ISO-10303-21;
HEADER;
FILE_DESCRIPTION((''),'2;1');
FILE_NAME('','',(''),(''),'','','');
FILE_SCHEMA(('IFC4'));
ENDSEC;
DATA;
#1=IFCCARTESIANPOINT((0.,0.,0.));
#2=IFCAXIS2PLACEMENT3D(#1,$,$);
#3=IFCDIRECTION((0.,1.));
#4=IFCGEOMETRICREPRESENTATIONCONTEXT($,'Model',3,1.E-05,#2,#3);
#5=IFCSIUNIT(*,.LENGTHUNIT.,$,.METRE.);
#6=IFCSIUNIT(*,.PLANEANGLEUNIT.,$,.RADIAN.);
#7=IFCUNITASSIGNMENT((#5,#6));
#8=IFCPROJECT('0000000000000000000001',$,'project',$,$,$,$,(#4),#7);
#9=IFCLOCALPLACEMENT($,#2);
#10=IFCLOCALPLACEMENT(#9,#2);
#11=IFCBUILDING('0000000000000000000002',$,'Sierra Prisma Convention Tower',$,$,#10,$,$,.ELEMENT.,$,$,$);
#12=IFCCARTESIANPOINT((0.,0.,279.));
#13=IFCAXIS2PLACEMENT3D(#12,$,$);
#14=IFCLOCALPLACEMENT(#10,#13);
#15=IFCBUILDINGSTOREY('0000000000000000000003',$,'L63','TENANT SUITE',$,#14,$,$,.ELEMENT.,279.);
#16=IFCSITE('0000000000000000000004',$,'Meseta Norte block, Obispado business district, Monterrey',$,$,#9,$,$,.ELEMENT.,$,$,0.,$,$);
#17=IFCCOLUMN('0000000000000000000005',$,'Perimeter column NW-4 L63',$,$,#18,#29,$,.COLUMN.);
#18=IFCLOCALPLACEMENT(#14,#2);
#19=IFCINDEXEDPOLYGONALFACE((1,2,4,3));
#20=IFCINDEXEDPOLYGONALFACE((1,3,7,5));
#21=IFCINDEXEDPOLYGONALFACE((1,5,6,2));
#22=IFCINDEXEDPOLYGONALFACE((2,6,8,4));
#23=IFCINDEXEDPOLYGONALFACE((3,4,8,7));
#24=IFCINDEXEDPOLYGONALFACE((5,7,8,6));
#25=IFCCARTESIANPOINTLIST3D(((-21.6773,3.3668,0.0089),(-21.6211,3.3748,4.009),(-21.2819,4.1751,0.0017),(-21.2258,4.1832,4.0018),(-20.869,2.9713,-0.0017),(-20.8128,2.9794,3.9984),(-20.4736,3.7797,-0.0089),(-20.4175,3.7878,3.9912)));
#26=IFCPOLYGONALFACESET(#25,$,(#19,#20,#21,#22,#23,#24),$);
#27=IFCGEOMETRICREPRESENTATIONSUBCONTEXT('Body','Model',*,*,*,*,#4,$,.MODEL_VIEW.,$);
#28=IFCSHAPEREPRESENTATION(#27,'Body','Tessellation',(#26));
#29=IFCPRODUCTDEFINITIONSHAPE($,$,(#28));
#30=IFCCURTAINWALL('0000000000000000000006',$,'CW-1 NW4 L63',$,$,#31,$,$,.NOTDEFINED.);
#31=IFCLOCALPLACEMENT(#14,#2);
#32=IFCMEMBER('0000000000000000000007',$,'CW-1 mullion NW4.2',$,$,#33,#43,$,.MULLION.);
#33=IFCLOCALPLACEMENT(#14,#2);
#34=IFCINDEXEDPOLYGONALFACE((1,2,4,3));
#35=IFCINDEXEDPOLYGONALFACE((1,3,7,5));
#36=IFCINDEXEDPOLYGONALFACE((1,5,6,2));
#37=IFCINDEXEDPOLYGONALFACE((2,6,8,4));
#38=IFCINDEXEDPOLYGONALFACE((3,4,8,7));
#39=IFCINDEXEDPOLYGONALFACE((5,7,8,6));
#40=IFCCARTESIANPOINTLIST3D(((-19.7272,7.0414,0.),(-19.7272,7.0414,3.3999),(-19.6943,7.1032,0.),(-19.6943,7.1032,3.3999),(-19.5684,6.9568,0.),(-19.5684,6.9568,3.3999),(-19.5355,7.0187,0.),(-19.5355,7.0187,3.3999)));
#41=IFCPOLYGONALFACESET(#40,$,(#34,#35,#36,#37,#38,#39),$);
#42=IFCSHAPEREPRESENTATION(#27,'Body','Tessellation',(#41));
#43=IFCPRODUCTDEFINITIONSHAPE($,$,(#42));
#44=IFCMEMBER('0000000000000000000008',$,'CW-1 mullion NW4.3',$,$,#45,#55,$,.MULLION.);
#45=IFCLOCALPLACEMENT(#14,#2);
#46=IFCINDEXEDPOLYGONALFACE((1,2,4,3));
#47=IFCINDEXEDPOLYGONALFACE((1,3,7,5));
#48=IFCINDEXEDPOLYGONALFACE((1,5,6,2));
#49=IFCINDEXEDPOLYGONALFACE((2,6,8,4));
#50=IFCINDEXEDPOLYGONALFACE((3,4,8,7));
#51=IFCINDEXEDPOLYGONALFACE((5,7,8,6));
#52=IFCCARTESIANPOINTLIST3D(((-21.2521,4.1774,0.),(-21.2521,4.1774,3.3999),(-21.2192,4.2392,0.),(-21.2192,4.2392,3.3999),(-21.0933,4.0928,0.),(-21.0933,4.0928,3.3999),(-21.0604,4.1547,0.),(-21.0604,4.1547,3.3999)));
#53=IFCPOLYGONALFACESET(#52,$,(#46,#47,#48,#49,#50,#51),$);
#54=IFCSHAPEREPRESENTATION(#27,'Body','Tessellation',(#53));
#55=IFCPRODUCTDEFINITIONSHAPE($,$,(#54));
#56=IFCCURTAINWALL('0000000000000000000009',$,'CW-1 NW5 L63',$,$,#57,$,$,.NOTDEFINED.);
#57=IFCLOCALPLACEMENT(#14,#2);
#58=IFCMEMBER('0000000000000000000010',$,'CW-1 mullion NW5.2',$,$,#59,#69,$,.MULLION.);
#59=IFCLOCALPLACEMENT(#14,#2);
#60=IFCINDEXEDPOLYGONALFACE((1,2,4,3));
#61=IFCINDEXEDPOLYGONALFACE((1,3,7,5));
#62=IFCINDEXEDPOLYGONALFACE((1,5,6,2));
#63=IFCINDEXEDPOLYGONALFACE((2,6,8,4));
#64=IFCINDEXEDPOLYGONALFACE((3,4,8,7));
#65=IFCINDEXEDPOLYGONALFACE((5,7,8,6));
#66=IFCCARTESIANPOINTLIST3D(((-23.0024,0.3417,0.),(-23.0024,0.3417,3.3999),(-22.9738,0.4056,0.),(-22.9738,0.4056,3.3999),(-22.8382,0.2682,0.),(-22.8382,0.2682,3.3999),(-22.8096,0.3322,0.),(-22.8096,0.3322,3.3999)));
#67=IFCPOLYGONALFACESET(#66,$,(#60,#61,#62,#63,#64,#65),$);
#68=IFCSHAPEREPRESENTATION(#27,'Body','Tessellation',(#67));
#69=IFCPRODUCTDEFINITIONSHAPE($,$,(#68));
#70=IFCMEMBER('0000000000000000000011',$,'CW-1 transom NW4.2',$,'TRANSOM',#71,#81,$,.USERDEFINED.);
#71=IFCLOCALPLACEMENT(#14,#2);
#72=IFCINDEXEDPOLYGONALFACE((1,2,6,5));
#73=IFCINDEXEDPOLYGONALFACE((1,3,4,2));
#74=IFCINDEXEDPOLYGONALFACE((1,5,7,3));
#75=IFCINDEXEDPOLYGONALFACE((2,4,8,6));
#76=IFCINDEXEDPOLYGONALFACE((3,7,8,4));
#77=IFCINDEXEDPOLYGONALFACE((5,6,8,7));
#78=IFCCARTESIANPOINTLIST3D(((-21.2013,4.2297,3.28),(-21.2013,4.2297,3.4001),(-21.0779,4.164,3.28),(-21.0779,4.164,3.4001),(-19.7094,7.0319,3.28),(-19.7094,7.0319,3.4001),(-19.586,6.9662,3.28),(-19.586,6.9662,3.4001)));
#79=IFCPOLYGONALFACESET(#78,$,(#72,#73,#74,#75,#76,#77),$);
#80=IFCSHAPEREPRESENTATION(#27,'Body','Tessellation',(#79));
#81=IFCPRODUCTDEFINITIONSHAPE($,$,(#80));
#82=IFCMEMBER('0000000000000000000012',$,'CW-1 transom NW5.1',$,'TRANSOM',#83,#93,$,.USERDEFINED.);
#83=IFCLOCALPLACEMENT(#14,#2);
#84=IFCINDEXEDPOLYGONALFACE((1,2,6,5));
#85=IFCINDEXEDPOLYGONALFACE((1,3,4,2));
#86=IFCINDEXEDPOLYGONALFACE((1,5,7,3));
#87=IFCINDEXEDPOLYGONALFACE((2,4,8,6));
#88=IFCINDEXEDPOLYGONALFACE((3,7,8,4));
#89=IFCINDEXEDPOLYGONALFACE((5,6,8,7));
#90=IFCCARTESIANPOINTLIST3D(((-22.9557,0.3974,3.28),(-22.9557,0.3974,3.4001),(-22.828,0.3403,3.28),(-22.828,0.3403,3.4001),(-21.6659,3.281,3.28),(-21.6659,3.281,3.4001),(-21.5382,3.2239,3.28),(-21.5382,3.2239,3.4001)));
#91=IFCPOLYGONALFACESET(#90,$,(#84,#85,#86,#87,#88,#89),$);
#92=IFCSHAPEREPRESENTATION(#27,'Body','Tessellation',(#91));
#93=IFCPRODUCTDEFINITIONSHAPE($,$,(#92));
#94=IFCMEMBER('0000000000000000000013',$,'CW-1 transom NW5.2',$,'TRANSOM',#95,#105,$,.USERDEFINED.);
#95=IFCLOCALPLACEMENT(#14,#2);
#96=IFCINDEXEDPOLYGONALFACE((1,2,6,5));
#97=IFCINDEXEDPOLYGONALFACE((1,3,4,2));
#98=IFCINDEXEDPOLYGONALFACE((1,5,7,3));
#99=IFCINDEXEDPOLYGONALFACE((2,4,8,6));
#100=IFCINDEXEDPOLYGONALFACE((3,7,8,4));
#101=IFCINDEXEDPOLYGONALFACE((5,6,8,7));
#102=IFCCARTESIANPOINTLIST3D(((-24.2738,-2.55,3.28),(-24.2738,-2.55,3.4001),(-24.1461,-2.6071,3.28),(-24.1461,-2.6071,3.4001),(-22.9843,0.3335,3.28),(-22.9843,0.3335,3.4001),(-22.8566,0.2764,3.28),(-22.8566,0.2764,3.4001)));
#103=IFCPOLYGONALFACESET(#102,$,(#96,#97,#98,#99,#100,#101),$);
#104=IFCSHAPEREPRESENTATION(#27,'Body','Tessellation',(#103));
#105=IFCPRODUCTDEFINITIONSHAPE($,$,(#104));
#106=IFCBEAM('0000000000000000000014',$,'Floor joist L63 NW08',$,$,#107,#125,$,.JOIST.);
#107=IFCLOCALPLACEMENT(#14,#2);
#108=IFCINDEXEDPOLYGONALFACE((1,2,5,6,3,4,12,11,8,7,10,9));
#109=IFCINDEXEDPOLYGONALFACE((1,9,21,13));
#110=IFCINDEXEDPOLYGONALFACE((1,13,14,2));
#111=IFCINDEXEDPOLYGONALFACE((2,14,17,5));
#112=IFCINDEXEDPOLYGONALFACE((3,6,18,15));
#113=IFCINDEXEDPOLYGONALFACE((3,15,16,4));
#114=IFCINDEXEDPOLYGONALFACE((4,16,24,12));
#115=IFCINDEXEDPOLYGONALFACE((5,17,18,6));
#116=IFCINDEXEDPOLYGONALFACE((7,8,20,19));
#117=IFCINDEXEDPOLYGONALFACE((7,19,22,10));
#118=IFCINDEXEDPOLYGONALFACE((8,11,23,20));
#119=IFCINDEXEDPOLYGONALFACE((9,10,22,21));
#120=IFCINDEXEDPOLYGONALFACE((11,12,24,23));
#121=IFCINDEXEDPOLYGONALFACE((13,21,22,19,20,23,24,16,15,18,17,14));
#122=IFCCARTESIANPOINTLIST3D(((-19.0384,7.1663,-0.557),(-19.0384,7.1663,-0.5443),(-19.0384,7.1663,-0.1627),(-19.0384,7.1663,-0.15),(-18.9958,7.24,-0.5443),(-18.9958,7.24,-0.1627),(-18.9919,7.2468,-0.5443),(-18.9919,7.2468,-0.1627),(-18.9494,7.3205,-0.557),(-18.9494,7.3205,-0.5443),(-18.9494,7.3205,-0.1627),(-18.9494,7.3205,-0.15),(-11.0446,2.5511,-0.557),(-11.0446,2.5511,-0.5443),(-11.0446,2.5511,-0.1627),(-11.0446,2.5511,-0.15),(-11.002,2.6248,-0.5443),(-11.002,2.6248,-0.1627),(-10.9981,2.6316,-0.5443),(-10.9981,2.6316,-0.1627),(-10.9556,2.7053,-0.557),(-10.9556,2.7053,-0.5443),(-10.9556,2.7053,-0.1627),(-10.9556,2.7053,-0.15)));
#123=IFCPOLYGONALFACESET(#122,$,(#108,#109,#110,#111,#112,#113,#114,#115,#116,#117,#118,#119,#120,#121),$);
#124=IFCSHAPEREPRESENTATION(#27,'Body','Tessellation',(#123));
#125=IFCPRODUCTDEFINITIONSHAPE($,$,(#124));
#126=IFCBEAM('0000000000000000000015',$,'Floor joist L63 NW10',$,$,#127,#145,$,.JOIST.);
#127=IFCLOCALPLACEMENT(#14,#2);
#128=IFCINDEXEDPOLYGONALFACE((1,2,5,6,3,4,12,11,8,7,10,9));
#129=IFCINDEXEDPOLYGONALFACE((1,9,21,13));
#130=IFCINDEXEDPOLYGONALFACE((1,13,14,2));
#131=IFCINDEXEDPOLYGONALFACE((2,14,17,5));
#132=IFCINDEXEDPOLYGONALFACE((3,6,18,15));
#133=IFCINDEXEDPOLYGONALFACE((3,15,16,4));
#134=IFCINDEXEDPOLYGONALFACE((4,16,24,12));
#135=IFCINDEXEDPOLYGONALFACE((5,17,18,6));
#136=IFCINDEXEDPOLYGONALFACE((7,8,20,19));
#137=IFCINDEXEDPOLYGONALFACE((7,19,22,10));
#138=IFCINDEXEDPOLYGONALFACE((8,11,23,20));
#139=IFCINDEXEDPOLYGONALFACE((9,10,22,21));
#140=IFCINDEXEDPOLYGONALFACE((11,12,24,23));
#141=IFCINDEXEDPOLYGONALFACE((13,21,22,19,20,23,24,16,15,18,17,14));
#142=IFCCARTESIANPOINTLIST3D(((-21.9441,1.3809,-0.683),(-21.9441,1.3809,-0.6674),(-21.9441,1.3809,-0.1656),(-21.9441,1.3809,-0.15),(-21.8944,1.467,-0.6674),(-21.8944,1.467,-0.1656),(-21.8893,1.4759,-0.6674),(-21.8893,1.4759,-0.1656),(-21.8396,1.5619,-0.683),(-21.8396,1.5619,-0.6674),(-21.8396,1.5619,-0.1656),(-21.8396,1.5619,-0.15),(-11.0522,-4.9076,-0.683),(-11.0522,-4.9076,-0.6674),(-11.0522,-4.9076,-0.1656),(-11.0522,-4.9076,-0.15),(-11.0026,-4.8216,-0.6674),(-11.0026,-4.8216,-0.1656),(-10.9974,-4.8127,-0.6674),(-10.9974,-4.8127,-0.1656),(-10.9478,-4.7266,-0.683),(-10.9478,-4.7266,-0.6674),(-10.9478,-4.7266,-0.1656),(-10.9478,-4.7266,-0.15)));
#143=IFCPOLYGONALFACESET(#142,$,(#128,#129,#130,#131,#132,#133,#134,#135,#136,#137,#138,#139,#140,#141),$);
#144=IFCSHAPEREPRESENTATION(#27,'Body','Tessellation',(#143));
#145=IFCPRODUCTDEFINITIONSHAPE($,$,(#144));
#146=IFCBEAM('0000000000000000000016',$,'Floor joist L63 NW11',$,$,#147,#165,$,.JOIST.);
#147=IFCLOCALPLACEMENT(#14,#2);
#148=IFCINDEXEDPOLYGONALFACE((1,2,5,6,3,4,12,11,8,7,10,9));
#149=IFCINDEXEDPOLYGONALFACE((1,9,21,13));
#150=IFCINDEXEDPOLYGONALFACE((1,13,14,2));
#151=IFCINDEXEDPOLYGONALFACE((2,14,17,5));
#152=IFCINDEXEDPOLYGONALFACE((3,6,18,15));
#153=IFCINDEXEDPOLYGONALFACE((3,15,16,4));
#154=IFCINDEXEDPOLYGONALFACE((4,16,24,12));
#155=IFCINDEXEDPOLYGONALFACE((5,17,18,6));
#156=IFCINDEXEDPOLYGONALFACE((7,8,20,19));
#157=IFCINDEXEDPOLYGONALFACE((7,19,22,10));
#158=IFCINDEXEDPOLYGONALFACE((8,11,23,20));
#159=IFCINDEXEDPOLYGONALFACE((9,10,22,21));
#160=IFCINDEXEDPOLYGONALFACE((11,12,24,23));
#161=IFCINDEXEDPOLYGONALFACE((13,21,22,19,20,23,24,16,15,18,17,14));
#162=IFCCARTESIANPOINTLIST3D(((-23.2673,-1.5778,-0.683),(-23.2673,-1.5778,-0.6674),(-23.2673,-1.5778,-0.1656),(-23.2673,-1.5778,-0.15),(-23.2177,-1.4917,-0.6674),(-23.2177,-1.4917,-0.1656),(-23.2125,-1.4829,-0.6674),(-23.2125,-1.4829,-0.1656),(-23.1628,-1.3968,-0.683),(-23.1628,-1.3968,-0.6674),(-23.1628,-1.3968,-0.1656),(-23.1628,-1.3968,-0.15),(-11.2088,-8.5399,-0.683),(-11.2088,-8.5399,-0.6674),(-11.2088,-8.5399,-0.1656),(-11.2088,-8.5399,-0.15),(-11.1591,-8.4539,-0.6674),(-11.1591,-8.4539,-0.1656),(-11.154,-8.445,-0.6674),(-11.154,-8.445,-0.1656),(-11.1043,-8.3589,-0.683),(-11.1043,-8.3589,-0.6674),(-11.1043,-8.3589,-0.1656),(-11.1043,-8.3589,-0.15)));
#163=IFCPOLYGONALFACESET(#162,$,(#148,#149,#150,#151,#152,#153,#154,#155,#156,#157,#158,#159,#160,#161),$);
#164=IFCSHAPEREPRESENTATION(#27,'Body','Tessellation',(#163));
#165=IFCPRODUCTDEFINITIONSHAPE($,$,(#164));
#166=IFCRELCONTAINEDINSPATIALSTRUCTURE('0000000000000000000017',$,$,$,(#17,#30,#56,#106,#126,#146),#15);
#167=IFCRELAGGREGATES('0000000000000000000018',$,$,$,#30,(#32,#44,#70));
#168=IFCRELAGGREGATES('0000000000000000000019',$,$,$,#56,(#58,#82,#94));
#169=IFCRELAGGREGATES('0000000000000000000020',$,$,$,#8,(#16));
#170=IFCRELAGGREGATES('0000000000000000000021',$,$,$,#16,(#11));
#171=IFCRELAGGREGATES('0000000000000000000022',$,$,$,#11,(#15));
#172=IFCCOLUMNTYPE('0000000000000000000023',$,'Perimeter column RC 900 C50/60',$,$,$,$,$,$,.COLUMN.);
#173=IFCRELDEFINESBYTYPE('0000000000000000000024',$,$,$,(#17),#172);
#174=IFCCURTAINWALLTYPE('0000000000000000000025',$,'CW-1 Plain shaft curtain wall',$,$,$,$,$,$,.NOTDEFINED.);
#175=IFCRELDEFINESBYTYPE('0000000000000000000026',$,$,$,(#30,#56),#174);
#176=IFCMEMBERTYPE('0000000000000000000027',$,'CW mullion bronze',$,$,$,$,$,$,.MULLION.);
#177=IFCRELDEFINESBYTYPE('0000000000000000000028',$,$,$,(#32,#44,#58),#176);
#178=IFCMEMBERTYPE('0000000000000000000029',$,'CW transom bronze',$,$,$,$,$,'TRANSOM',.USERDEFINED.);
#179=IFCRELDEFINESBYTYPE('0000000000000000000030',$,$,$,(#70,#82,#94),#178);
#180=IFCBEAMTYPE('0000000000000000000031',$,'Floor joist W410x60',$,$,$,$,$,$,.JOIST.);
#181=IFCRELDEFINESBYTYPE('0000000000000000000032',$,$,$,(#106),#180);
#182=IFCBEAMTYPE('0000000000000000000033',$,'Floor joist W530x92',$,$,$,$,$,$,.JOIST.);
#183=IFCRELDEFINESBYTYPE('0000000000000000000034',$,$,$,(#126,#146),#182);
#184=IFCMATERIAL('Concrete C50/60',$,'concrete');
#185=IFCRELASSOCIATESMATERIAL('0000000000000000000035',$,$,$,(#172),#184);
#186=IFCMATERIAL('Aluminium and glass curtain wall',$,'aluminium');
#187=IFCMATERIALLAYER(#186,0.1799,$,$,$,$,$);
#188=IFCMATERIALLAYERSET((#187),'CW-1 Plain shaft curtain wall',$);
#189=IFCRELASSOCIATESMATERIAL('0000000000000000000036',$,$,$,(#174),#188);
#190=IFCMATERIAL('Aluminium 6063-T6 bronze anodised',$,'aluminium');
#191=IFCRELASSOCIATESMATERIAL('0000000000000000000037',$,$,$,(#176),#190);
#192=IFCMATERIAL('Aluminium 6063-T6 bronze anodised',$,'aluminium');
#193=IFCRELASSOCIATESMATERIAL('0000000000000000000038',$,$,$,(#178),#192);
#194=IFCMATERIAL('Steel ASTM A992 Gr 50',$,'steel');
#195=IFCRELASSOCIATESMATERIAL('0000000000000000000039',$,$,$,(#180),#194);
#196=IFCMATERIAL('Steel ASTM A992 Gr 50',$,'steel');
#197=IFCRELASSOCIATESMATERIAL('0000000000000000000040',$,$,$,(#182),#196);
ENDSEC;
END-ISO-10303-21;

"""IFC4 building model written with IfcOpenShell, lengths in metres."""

from ifc_helpers import new_model, si_unit, direction, frame, origin, origin_2d, place, context, subcontext, project, spatial, rectangle, i_section, extrude, material, layer, layer_set, material_profile, profile_set, type_object, element, aggregate, save


model = new_model("IFC4")

# Units and contexts
model_context = context("Model", 3, precision=1e-05, world=origin(), true_north=direction((0.0, 1.0)))
body_context = subcontext(model_context, "Body", "Model", "MODEL_VIEW")
ifc_project = project(units=[si_unit("LENGTHUNIT", "METRE"), si_unit("PLANEANGLEUNIT", "RADIAN")], contexts=[model_context])

# Site, building, storey
site_placement = place(None, origin())
site = spatial("IfcSite", under=ifc_project, at=site_placement, Name="Meseta Norte block, Obispado business district, Monterrey", CompositionType="ELEMENT", RefElevation=0.0)
building_placement = place(site_placement, origin())
building = spatial("IfcBuilding", under=site, at=building_placement, Name="Sierra Prisma Convention Tower", CompositionType="ELEMENT")
storey_placement = place(building_placement, frame((0.0, 0.0, 279.0)))
storey = spatial("IfcBuildingStorey", under=building, at=storey_placement, Name="L63", Description="TENANT SUITE", CompositionType="ELEMENT", Elevation=279.0)

# Column
ifc_material_1 = material(Name="Concrete C50/60", Category="concrete")
ifc_material_profile_1 = material_profile(ifc_material_1, rectangle(XDim=0.8999, YDim=0.8999, at=origin_2d()), Name="Perimeter column RC 900 C50/60")
ifc_profile_set_1 = profile_set([ifc_material_profile_1], Name="Concrete C50/60")
column_type = type_object("IfcColumnType", Name="Perimeter column RC 900 C50/60", PredefinedType="COLUMN", material=ifc_profile_set_1)
column_placement = place(storey_placement, frame((-21.0754, 3.5732, 0.0), z_axis=(0.014037, 0.002014, 0.999899), x_axis=(0.43933, 0.89829, -0.007977)))
element("IfcColumn", 1, at=column_placement, inside=storey, type_object=column_type, Name="Perimeter column NW-4 L63", PredefinedType="COLUMN", context=body_context, shape_type="SweptSolid", body=[
    extrude(rectangle(XDim=0.8999, YDim=0.8999, at=origin_2d()), origin(), (0.0, 0.0, 1.0), 4.0005),
])

# Curtain wall, members
ifc_material_2 = material(Name="Aluminium and glass curtain wall", Category="aluminium")
ifc_layer_1 = layer(ifc_material_2, 0.1799)
ifc_layer_set_1 = layer_set([ifc_layer_1], Name="CW-1 Plain shaft curtain wall")
curtain_wall_type = type_object("IfcCurtainWallType", Name="CW-1 Plain shaft curtain wall", PredefinedType="NOTDEFINED", material=ifc_layer_set_1)
curtain_wall_1_placement = place(storey_placement, origin())
curtain_wall_1 = element("IfcCurtainWall", 2, at=curtain_wall_1_placement, inside=storey, type_object=curtain_wall_type, Name="CW-1 NW4 L63", PredefinedType="NOTDEFINED")
ifc_material_3 = material(Name="Aluminium 6063-T6 bronze anodised", Category="aluminium")
ifc_material_profile_2 = material_profile(ifc_material_3, rectangle(XDim=0.1799, YDim=0.0701, at=origin_2d()), Name="ALU MULLION 70x180")
ifc_profile_set_2 = profile_set([ifc_material_profile_2], Name="Aluminium 6063-T6 bronze anodised")
member_type_1 = type_object("IfcMemberType", Name="CW mullion bronze", PredefinedType="MULLION", material=ifc_profile_set_2)
member_1_placement = place(storey_placement, frame((-19.6313, 7.03, 0.0), z_axis=(0.0, 0.0, 1.0), x_axis=(0.882686, -0.469964, 0.0)))
member_1 = element("IfcMember", 3, at=member_1_placement, type_object=member_type_1, Name="CW-1 mullion NW4.2", PredefinedType="MULLION", context=body_context, shape_type="SweptSolid", body=[
    extrude(rectangle(XDim=0.1799, YDim=0.0701, at=origin_2d()), origin(), (0.0, 0.0, 1.0), 3.3999),
])
member_2_placement = place(storey_placement, frame((-21.1562, 4.166, 0.0), z_axis=(0.0, 0.0, 1.0), x_axis=(0.882686, -0.469964, 0.0)))
member_2 = element("IfcMember", 4, at=member_2_placement, type_object=member_type_1, Name="CW-1 mullion NW4.3", PredefinedType="MULLION", context=body_context, shape_type="SweptSolid", body=[
    extrude(rectangle(XDim=0.1799, YDim=0.0701, at=origin_2d()), origin(), (0.0, 0.0, 1.0), 3.3999),
])

# Curtain wall, member
curtain_wall_2_placement = place(storey_placement, origin())
curtain_wall_2 = element("IfcCurtainWall", 5, at=curtain_wall_2_placement, inside=storey, type_object=curtain_wall_type, Name="CW-1 NW5 L63", PredefinedType="NOTDEFINED")
member_3_placement = place(storey_placement, frame((-22.906, 0.3369, 0.0), z_axis=(0.0, 0.0, 1.0), x_axis=(0.912864, -0.408264, 0.0)))
member_3 = element("IfcMember", 6, at=member_3_placement, type_object=member_type_1, Name="CW-1 mullion NW5.2", PredefinedType="MULLION", context=body_context, shape_type="SweptSolid", body=[
    extrude(rectangle(XDim=0.1799, YDim=0.0701, at=origin_2d()), origin(), (0.0, 0.0, 1.0), 3.3999),
])

# Members
ifc_material_4 = material(Name="Aluminium 6063-T6 bronze anodised", Category="aluminium")
ifc_material_profile_3 = material_profile(ifc_material_4, rectangle(XDim=0.1399, YDim=0.1201, at=origin_2d()), Name="ALU TRANSOM 120x140")
ifc_profile_set_3 = profile_set([ifc_material_profile_3], Name="Aluminium 6063-T6 bronze anodised")
member_type_2 = type_object("IfcMemberType", Name="CW transom bronze", ElementType="TRANSOM", PredefinedType="USERDEFINED", material=ifc_profile_set_3)
member_4_placement = place(storey_placement, frame((-19.6477, 6.999, 3.3401), z_axis=(-0.469953, -0.882691, 0.0), x_axis=(0.882691, -0.469953, 0.0)))
member_4 = element("IfcMember", 7, at=member_4_placement, type_object=member_type_2, Name="CW-1 transom NW4.2", ObjectType="TRANSOM", PredefinedType="USERDEFINED", context=body_context, shape_type="SweptSolid", body=[
    extrude(rectangle(XDim=0.1399, YDim=0.1201, at=origin_2d()), origin(), (0.0, 0.0, 1.0), 3.1746),
])
member_5_placement = place(storey_placement, frame((-21.6021, 3.2524, 3.3401), z_axis=(-0.40831, -0.912843, 0.0), x_axis=(0.912843, -0.40831, 0.0)))
member_5 = element("IfcMember", 8, at=member_5_placement, type_object=member_type_2, Name="CW-1 transom NW5.1", ObjectType="TRANSOM", PredefinedType="USERDEFINED", context=body_context, shape_type="SweptSolid", body=[
    extrude(rectangle(XDim=0.1399, YDim=0.1201, at=origin_2d()), origin(), (0.0, 0.0, 1.0), 3.1589),
])
member_6_placement = place(storey_placement, frame((-22.9204, 0.3049, 3.3401), z_axis=(-0.408246, -0.912872, 0.0), x_axis=(0.912872, -0.408246, 0.0)))
member_6 = element("IfcMember", 9, at=member_6_placement, type_object=member_type_2, Name="CW-1 transom NW5.2", ObjectType="TRANSOM", PredefinedType="USERDEFINED", context=body_context, shape_type="SweptSolid", body=[
    extrude(rectangle(XDim=0.1399, YDim=0.1201, at=origin_2d()), origin(), (0.0, 0.0, 1.0), 3.1587),
])

# Beams
ifc_material_5 = material(Name="Steel ASTM A992 Gr 50", Category="steel")
ifc_material_profile_4 = material_profile(ifc_material_5, i_section(OverallWidth=0.178, OverallDepth=0.407, WebThickness=0.0078, FlangeThickness=0.0127, at=origin_2d()), Name="W410x60")
ifc_profile_set_4 = profile_set([ifc_material_profile_4], Name="Steel ASTM A992 Gr 50")
beam_type_1 = type_object("IfcBeamType", Name="Floor joist W410x60", PredefinedType="JOIST", material=ifc_profile_set_4)
beam_1_placement = place(storey_placement, frame((-18.9939, 7.2434, -0.3535), z_axis=(0.866027, -0.499996, 0.0), x_axis=(0.499996, 0.866027, 0.0)))
element("IfcBeam", 10, at=beam_1_placement, inside=storey, type_object=beam_type_1, Name="Floor joist L63 NW08", PredefinedType="JOIST", context=body_context, shape_type="SweptSolid", body=[
    extrude(i_section(OverallWidth=0.178, OverallDepth=0.407, WebThickness=0.0078, FlangeThickness=0.0127, at=origin_2d()), origin(), (0.0, 0.0, 1.0), 9.2305),
])
ifc_material_6 = material(Name="Steel ASTM A992 Gr 50", Category="steel")
ifc_material_profile_5 = material_profile(ifc_material_6, i_section(OverallWidth=0.209, OverallDepth=0.533, WebThickness=0.0103, FlangeThickness=0.0156, at=origin_2d()), Name="W530x92")
ifc_profile_set_5 = profile_set([ifc_material_profile_5], Name="Steel ASTM A992 Gr 50")
beam_type_2 = type_object("IfcBeamType", Name="Floor joist W530x92", PredefinedType="JOIST", material=ifc_profile_set_5)
beam_2_placement = place(storey_placement, frame((-21.8918, 1.4714, -0.4165), z_axis=(0.86602, -0.50001, 0.0), x_axis=(0.50001, 0.86602, 0.0)))
element("IfcBeam", 11, at=beam_2_placement, inside=storey, type_object=beam_type_2, Name="Floor joist L63 NW10", PredefinedType="JOIST", context=body_context, shape_type="SweptSolid", body=[
    extrude(i_section(OverallWidth=0.209, OverallDepth=0.533, WebThickness=0.0103, FlangeThickness=0.0156, at=origin_2d()), origin(), (0.0, 0.0, 1.0), 12.5769),
])
beam_3_placement = place(storey_placement, frame((-23.2151, -1.4873, -0.4165), z_axis=(0.866021, -0.500007, 0.0), x_axis=(0.500007, 0.866021, 0.0)))
element("IfcBeam", 12, at=beam_3_placement, inside=storey, type_object=beam_type_2, Name="Floor joist L63 NW11", PredefinedType="JOIST", context=body_context, shape_type="SweptSolid", body=[
    extrude(i_section(OverallWidth=0.209, OverallDepth=0.533, WebThickness=0.0103, FlangeThickness=0.0156, at=origin_2d()), origin(), (0.0, 0.0, 1.0), 13.9241),
])

aggregate(curtain_wall_1, [member_1, member_2, member_4])
aggregate(curtain_wall_2, [member_3, member_5, member_6])

save(model, "model.ifc")
